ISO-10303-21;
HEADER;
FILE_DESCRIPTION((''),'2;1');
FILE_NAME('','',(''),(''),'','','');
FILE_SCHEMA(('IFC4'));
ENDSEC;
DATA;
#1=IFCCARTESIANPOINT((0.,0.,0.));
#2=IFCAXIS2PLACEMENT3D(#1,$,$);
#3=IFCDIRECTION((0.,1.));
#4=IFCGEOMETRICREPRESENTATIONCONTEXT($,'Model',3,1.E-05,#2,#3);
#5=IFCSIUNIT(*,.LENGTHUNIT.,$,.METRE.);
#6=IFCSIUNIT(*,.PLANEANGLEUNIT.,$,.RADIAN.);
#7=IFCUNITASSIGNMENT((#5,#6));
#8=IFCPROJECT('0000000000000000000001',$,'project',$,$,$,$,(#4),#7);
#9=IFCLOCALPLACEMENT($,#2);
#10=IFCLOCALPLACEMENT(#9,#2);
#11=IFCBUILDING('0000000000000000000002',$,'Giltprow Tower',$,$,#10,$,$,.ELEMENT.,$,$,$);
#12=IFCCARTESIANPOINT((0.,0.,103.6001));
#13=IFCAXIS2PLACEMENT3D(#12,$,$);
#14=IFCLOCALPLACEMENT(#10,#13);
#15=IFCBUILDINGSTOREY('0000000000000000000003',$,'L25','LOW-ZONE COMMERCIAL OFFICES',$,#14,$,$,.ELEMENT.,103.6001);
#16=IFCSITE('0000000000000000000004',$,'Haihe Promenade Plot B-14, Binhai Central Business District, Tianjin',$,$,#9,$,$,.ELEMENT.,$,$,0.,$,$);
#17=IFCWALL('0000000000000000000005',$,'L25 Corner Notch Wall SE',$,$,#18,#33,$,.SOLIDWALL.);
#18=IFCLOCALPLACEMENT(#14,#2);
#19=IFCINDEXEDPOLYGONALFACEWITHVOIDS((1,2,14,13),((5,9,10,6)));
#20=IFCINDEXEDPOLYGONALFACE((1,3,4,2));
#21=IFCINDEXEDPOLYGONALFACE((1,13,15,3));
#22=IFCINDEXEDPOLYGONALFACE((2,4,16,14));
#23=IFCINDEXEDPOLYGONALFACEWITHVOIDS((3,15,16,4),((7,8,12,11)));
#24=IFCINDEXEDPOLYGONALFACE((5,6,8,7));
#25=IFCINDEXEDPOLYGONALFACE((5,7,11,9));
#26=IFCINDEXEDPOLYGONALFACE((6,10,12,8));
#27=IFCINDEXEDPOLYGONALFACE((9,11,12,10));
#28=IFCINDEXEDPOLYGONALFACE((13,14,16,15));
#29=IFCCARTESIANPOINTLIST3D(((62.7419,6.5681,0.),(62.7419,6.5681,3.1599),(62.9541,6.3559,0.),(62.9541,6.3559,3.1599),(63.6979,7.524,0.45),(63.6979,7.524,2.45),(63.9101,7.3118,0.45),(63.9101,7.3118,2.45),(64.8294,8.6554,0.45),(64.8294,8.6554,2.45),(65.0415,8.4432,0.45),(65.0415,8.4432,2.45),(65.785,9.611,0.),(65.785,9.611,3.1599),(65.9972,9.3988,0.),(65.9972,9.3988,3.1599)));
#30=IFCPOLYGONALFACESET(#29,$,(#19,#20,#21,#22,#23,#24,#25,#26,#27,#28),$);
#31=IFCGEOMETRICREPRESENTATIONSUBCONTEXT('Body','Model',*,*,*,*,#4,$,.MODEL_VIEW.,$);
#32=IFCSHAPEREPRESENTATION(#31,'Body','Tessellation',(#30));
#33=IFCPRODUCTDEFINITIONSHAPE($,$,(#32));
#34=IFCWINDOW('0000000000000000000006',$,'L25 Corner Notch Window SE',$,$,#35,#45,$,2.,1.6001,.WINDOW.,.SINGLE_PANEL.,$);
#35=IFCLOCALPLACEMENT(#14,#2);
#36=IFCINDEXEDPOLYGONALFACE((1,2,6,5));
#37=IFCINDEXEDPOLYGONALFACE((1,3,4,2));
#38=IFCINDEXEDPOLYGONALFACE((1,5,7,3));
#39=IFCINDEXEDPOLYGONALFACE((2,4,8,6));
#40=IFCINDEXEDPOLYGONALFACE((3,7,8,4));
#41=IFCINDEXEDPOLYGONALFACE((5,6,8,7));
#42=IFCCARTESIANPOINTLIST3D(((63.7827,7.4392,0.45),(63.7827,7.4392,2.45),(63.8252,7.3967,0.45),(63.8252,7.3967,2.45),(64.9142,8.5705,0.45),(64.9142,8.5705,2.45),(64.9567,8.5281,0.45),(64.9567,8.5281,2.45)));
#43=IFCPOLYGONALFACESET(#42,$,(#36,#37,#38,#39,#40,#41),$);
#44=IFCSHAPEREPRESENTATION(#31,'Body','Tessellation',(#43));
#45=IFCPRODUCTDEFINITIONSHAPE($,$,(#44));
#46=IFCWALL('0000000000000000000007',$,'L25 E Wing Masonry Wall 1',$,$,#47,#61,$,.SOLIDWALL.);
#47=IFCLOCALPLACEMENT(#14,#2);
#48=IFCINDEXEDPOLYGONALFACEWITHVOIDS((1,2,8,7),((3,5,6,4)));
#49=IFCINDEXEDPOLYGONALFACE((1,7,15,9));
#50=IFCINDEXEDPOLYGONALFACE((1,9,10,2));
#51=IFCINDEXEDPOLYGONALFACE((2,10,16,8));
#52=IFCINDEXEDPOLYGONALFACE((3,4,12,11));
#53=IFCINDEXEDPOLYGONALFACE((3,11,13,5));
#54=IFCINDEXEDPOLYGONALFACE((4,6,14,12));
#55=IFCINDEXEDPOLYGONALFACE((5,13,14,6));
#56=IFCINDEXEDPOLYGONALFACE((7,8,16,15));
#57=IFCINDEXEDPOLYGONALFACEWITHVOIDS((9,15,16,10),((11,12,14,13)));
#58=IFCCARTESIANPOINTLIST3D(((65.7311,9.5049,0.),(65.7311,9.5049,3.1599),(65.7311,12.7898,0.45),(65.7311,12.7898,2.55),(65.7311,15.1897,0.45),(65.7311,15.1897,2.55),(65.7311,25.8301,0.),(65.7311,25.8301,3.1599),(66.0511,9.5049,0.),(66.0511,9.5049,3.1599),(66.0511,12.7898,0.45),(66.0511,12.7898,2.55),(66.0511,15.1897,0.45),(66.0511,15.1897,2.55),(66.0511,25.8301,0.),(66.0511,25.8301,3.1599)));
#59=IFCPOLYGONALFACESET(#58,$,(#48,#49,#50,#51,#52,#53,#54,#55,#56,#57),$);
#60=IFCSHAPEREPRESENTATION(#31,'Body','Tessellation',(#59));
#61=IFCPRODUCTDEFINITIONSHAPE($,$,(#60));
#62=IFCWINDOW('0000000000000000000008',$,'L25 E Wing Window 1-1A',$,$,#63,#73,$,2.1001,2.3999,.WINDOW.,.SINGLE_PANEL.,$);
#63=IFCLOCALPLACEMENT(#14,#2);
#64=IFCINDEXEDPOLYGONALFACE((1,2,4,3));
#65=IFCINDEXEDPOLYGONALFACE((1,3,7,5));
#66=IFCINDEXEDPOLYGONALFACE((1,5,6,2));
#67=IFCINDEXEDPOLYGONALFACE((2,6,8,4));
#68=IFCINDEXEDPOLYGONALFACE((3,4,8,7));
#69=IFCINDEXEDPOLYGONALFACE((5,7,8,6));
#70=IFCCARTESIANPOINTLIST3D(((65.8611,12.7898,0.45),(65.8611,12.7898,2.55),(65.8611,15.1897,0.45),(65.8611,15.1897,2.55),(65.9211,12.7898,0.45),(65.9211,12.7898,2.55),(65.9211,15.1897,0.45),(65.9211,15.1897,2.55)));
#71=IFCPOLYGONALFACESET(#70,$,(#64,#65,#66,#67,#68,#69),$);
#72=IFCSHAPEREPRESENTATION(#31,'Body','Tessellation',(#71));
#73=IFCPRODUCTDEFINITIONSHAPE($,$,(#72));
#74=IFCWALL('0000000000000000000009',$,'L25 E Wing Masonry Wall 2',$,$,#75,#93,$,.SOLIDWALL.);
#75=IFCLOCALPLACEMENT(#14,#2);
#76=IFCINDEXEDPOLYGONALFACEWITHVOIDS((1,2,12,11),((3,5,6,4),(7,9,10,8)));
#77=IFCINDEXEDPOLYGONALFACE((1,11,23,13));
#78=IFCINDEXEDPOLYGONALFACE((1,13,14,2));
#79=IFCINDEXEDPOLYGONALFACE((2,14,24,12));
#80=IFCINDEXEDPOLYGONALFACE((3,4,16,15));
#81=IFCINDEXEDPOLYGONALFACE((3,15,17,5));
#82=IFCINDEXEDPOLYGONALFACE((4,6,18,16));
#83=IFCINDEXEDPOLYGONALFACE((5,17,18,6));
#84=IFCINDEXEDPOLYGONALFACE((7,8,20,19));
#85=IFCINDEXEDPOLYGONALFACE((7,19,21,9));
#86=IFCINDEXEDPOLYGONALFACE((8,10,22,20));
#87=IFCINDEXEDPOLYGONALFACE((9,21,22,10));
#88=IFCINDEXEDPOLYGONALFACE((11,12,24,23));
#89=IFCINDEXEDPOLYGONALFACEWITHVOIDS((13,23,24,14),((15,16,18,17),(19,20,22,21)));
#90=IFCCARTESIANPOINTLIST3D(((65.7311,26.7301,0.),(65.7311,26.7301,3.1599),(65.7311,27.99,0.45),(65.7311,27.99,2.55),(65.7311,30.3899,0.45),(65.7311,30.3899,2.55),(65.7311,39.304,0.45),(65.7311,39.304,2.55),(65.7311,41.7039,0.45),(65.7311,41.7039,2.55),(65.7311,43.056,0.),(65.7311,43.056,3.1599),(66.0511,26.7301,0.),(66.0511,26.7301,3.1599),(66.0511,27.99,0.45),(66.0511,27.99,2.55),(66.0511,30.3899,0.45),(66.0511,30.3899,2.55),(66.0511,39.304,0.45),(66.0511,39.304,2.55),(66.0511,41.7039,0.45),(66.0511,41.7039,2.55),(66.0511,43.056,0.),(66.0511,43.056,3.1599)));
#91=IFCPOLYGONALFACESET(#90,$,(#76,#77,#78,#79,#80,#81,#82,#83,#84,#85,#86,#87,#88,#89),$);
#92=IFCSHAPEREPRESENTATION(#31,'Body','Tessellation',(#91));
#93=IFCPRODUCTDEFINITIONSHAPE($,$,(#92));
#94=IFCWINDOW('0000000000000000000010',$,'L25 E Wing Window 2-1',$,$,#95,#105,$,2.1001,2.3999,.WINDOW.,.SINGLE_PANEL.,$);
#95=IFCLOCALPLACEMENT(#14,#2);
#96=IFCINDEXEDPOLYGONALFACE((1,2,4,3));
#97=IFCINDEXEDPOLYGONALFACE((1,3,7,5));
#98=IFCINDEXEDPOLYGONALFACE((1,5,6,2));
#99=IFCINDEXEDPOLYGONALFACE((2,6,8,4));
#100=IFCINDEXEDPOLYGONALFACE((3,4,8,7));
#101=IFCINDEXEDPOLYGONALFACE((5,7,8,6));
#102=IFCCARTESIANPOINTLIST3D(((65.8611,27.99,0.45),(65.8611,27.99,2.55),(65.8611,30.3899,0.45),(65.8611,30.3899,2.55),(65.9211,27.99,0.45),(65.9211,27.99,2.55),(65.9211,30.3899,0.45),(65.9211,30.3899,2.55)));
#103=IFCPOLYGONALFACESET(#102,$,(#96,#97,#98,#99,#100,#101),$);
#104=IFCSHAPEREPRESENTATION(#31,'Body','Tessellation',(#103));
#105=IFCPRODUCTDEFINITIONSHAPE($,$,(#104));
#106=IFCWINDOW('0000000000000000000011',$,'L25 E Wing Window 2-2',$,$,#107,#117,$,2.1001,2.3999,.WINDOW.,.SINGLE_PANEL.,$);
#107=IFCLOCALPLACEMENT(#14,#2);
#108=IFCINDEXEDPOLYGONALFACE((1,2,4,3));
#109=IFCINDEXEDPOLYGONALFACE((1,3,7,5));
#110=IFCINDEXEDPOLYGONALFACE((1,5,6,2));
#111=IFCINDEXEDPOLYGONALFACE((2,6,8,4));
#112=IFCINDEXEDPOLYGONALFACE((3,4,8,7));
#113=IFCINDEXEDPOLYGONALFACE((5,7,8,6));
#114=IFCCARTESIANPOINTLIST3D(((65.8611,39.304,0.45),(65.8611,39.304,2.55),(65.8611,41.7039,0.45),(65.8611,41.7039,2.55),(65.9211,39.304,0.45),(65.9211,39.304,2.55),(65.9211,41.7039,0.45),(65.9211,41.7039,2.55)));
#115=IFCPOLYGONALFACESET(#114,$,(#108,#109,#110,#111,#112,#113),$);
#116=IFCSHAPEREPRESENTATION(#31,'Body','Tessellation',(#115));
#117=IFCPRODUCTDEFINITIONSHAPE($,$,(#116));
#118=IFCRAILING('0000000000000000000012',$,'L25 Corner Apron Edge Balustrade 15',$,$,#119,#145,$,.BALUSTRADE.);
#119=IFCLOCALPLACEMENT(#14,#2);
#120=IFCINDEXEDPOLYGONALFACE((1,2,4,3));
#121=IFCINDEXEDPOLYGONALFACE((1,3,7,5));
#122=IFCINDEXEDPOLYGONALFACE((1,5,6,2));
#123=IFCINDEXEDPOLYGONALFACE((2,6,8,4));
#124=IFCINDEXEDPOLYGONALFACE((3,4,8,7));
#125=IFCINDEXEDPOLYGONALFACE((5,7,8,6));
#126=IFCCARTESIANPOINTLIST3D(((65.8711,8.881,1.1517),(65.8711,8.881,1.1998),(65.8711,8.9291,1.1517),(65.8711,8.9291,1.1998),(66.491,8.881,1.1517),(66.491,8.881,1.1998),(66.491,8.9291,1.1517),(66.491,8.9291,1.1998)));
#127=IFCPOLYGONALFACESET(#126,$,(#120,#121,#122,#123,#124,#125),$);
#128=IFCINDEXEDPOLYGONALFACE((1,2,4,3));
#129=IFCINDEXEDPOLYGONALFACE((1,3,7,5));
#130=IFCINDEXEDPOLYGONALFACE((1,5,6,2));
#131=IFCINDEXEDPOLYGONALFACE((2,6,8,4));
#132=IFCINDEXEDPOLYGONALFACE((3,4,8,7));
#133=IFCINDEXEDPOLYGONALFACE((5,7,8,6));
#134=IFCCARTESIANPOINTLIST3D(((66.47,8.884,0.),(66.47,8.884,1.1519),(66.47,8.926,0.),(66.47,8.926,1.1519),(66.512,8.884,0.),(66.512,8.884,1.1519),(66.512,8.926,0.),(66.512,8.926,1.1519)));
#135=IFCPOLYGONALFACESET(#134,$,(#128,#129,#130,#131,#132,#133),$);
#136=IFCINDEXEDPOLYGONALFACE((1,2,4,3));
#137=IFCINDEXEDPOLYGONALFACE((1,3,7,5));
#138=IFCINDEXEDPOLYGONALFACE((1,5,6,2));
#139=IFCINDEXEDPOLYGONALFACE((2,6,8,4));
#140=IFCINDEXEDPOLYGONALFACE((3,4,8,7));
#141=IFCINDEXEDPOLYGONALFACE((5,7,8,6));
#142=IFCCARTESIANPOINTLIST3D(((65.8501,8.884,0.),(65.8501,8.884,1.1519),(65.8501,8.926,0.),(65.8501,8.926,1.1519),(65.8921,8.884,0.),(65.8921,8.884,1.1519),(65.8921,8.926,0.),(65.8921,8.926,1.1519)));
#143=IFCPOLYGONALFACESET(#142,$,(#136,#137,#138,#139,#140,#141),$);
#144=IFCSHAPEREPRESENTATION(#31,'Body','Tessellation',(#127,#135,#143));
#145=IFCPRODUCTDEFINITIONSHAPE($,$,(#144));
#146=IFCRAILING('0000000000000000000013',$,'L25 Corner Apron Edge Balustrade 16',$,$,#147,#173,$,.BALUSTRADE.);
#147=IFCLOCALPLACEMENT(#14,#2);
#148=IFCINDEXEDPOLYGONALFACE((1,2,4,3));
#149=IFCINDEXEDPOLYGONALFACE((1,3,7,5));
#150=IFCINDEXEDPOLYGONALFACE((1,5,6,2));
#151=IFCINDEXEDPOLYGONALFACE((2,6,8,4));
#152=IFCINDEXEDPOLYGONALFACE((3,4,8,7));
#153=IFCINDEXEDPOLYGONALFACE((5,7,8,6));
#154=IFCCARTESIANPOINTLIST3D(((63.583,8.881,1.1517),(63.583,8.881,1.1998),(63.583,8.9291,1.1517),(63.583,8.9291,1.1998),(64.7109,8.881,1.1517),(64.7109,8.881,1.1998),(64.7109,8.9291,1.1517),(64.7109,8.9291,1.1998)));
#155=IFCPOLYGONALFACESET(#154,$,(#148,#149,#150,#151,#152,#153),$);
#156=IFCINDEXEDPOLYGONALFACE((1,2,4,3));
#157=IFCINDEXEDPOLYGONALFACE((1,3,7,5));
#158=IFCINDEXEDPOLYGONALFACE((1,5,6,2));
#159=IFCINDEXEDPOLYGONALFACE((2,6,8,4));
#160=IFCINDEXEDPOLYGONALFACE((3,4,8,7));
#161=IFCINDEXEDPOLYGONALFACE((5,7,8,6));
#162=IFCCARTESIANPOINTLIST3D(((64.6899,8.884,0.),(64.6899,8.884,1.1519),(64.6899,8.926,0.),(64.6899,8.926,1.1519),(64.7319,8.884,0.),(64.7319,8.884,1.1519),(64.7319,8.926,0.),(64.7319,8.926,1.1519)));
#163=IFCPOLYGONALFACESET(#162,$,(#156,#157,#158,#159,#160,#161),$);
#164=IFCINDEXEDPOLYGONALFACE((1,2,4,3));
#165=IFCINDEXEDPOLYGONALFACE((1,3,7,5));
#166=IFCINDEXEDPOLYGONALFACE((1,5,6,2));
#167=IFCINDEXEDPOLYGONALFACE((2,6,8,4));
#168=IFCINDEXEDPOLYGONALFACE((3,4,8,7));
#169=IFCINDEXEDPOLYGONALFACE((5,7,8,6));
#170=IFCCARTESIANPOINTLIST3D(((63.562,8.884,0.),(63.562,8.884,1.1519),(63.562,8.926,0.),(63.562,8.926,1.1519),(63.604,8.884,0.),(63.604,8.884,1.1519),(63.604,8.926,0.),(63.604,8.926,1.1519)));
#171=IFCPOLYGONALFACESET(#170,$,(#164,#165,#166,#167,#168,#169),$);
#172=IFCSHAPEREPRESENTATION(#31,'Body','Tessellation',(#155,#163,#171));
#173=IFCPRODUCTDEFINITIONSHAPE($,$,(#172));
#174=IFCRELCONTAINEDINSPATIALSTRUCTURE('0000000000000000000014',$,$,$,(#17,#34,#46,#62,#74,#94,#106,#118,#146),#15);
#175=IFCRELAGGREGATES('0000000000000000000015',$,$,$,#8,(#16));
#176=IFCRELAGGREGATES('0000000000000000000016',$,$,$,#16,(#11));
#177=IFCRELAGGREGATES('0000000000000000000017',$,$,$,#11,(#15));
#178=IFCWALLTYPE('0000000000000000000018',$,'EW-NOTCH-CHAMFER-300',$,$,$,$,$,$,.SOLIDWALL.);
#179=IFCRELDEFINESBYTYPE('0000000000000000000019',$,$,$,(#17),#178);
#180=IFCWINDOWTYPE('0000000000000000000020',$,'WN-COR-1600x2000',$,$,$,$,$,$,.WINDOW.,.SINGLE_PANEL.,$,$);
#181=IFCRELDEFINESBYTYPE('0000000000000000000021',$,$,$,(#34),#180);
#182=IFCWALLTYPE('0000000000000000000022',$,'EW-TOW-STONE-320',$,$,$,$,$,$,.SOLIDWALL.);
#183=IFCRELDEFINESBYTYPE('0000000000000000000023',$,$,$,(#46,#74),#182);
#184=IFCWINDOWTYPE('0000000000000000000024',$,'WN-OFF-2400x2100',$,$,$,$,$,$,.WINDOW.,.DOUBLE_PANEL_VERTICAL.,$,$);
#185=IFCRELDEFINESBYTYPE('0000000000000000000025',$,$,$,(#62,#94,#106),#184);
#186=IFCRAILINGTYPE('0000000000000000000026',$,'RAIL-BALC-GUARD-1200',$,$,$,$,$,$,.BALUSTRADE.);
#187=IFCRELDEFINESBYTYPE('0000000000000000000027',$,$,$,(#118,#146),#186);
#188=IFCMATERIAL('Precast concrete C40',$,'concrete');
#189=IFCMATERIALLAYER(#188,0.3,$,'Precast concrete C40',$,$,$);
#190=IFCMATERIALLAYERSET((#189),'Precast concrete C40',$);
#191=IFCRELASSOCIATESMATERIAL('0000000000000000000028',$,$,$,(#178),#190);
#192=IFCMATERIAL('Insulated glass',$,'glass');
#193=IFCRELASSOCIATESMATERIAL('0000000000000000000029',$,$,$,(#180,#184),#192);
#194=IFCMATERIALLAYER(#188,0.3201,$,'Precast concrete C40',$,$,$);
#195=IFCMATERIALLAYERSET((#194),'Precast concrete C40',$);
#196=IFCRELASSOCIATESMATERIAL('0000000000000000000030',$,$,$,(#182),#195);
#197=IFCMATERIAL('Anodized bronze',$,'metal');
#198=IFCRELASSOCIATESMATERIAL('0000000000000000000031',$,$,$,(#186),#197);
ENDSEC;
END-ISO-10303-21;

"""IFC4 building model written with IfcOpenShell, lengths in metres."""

from ifc_helpers import new_model, si_unit, direction, frame, frame_2d, origin, origin_2d, place, context, subcontext, project, spatial, rectangle, extrude, source, transform, mapped, material, layer, layer_set, type_object, element, fill, save


model = new_model("IFC4")

# Units and contexts
model_context = context("Model", 3, precision=1e-05, world=origin(), true_north=direction((0.0, 1.0)))
body_context = subcontext(model_context, "Body", "Model", "MODEL_VIEW")
ifc_project = project(units=[si_unit("LENGTHUNIT", "METRE"), si_unit("PLANEANGLEUNIT", "RADIAN")], contexts=[model_context])

# Site, building, storey
site_placement = place(None, origin())
site = spatial("IfcSite", under=ifc_project, at=site_placement, Name="Haihe Promenade Plot B-14, Binhai Central Business District, Tianjin", CompositionType="ELEMENT", RefElevation=0.0)
building_placement = place(site_placement, origin())
building = spatial("IfcBuilding", under=site, at=building_placement, Name="Giltprow Tower", CompositionType="ELEMENT")
storey_placement = place(building_placement, frame((0.0, 0.0, 103.6001)))
storey = spatial("IfcBuildingStorey", under=building, at=storey_placement, Name="L25", Description="LOW-ZONE COMMERCIAL OFFICES", CompositionType="ELEMENT", Elevation=103.6001)

# Shared definitions
ifc_material_1 = material(Name="Anodized bronze", Category="metal")
ifc_material_2 = material(Name="Insulated glass", Category="glass")

# Walls, openings, windows
ifc_material_3 = material(Name="Precast concrete C40", Category="concrete")
ifc_layer_1 = layer(ifc_material_3, 0.3, Name="Precast concrete C40")
ifc_layer_set_1 = layer_set([ifc_layer_1], Name="Precast concrete C40")
wall_type_1 = type_object("IfcWallType", Name="EW-NOTCH-CHAMFER-300", PredefinedType="SOLIDWALL", material=ifc_layer_set_1)
wall_1_placement = place(storey_placement, frame((62.8479, 6.4619, 0.0), z_axis=(0.0, 0.0, 1.0), x_axis=(0.707135, 0.707078, 0.0)))
wall_1 = element("IfcWall", 1, at=wall_1_placement, inside=storey, type_object=wall_type_1, Name="L25 Corner Notch Wall SE", PredefinedType="SOLIDWALL", context=body_context, shape_type="SweptSolid", body=[
    extrude(rectangle(XDim=4.3035, YDim=0.3, at=frame_2d((2.1519, 0.0))), origin(), (0.0, 0.0, 1.0), 3.1599),
])
opening_1_placement = place(wall_1_placement, frame((1.3521, 0.0, 0.45)))
opening_1 = element("IfcOpeningElement", 2, at=opening_1_placement, cuts=wall_1, PredefinedType="OPENING", context=body_context, shape_type="SweptSolid", body=[
    extrude(rectangle(XDim=1.6001, YDim=2.0, at=frame_2d((0.8, 1.0))), frame((0.0, 0.1599, 0.0), z_axis=(0.0, -1.0, 0.0), x_axis=(1.0, 0.0, 0.0)), (0.0, 0.0, 1.0), 0.3201),
])
window_type_1 = type_object("IfcWindowType", Name="WN-COR-1600x2000", PartitioningType="SINGLE_PANEL", PredefinedType="WINDOW", material=ifc_material_2)
shared_shape_1 = source(origin(), body_context, "Body", "SweptSolid", [
    extrude(rectangle(XDim=1.6001, YDim=2.0, at=frame_2d((0.8, 1.0))), frame((0.0, 0.03, 0.0), z_axis=(0.0, -1.0, 0.0), x_axis=(1.0, 0.0, 0.0)), (0.0, 0.0, 1.0), 0.0601),
])
window_1_placement = place(opening_1_placement, origin())
window_1 = element("IfcWindow", 3, at=window_1_placement, inside=storey, type_object=window_type_1, Name="L25 Corner Notch Window SE", OverallHeight=2.0, OverallWidth=1.6001, PartitioningType="SINGLE_PANEL", PredefinedType="WINDOW", context=body_context, shape_type="MappedRepresentation", body=[
    mapped(shared_shape_1, transform((0.0, 0.0, 0.0), x_axis=(1.0, 0.0, 0.0), y_axis=(0.0, 1.0, 0.0), z_axis=(0.0, 0.0, 1.0), scale=1.0)),
])
fill(opening_1, window_1)
ifc_layer_2 = layer(ifc_material_3, 0.3201, Name="Precast concrete C40")
ifc_layer_set_2 = layer_set([ifc_layer_2], Name="Precast concrete C40")
wall_type_2 = type_object("IfcWallType", Name="EW-TOW-STONE-320", PredefinedType="SOLIDWALL", material=ifc_layer_set_2)
wall_2_placement = place(storey_placement, frame((65.8911, 9.5049, 0.0), z_axis=(0.0, 0.0, 1.0), x_axis=(0.0, 1.0, 0.0)))
wall_2 = element("IfcWall", 4, at=wall_2_placement, inside=storey, type_object=wall_type_2, Name="L25 E Wing Masonry Wall 1", PredefinedType="SOLIDWALL", context=body_context, shape_type="SweptSolid", body=[
    extrude(rectangle(XDim=16.3252, YDim=0.3201, at=frame_2d((8.1626, 0.0))), origin(), (0.0, 0.0, 1.0), 3.1599),
])
opening_2_placement = place(wall_2_placement, frame((3.2849, 0.0, 0.45)))
opening_2 = element("IfcOpeningElement", 5, at=opening_2_placement, cuts=wall_2, PredefinedType="OPENING", context=body_context, shape_type="SweptSolid", body=[
    extrude(rectangle(XDim=2.3999, YDim=2.1001, at=frame_2d((1.2, 1.05))), frame((0.0, 0.1699, 0.0), z_axis=(0.0, -1.0, 0.0), x_axis=(1.0, 0.0, 0.0)), (0.0, 0.0, 1.0), 0.3401),
])
window_type_2 = type_object("IfcWindowType", Name="WN-OFF-2400x2100", PartitioningType="DOUBLE_PANEL_VERTICAL", PredefinedType="WINDOW", material=ifc_material_2)
shared_shape_2 = source(origin(), body_context, "Body", "SweptSolid", [
    extrude(rectangle(XDim=2.3999, YDim=2.1001, at=frame_2d((1.2, 1.05))), frame((0.0, 0.03, 0.0), z_axis=(0.0, -1.0, 0.0), x_axis=(1.0, 0.0, 0.0)), (0.0, 0.0, 1.0), 0.0601),
])
window_2_placement = place(opening_2_placement, origin())
window_2 = element("IfcWindow", 6, at=window_2_placement, inside=storey, type_object=window_type_2, Name="L25 E Wing Window 1-1A", OverallHeight=2.1001, OverallWidth=2.3999, PartitioningType="SINGLE_PANEL", PredefinedType="WINDOW", context=body_context, shape_type="MappedRepresentation", body=[
    mapped(shared_shape_2, transform((0.0, 0.0, 0.0), x_axis=(1.0, 0.0, 0.0), y_axis=(0.0, 1.0, 0.0), z_axis=(0.0, 0.0, 1.0), scale=1.0)),
])
fill(opening_2, window_2)

# Wall, openings, windows
wall_3_placement = place(storey_placement, frame((65.8911, 26.73, 0.0), z_axis=(0.0, 0.0, 1.0), x_axis=(0.0, 1.0, 0.0)))
wall_3 = element("IfcWall", 7, at=wall_3_placement, inside=storey, type_object=wall_type_2, Name="L25 E Wing Masonry Wall 2", PredefinedType="SOLIDWALL", context=body_context, shape_type="SweptSolid", body=[
    extrude(rectangle(XDim=16.3259, YDim=0.3201, at=frame_2d((8.1631, 0.0))), origin(), (0.0, 0.0, 1.0), 3.1599),
])
opening_3_placement = place(wall_3_placement, frame((1.26, 0.0, 0.45)))
opening_3 = element("IfcOpeningElement", 8, at=opening_3_placement, cuts=wall_3, PredefinedType="OPENING", context=body_context, shape_type="SweptSolid", body=[
    extrude(rectangle(XDim=2.3999, YDim=2.1001, at=frame_2d((1.2, 1.05))), frame((0.0, 0.1699, 0.0), z_axis=(0.0, -1.0, 0.0), x_axis=(1.0, 0.0, 0.0)), (0.0, 0.0, 1.0), 0.3401),
])
opening_4_placement = place(wall_3_placement, frame((12.574, 0.0, 0.45)))
opening_4 = element("IfcOpeningElement", 9, at=opening_4_placement, cuts=wall_3, PredefinedType="OPENING", context=body_context, shape_type="SweptSolid", body=[
    extrude(rectangle(XDim=2.3999, YDim=2.1001, at=frame_2d((1.2, 1.05))), frame((0.0, 0.1699, 0.0), z_axis=(0.0, -1.0, 0.0), x_axis=(1.0, 0.0, 0.0)), (0.0, 0.0, 1.0), 0.3401),
])
window_3_placement = place(opening_3_placement, origin())
window_3 = element("IfcWindow", 10, at=window_3_placement, inside=storey, type_object=window_type_2, Name="L25 E Wing Window 2-1", OverallHeight=2.1001, OverallWidth=2.3999, PartitioningType="SINGLE_PANEL", PredefinedType="WINDOW", context=body_context, shape_type="MappedRepresentation", body=[
    mapped(shared_shape_2, transform((0.0, 0.0, 0.0), x_axis=(1.0, 0.0, 0.0), y_axis=(0.0, 1.0, 0.0), z_axis=(0.0, 0.0, 1.0), scale=1.0)),
])
fill(opening_3, window_3)
window_4_placement = place(opening_4_placement, origin())
window_4 = element("IfcWindow", 11, at=window_4_placement, inside=storey, type_object=window_type_2, Name="L25 E Wing Window 2-2", OverallHeight=2.1001, OverallWidth=2.3999, PartitioningType="SINGLE_PANEL", PredefinedType="WINDOW", context=body_context, shape_type="MappedRepresentation", body=[
    mapped(shared_shape_2, transform((0.0, 0.0, 0.0), x_axis=(1.0, 0.0, 0.0), y_axis=(0.0, 1.0, 0.0), z_axis=(0.0, 0.0, 1.0), scale=1.0)),
])
fill(opening_4, window_4)

# Railings
railing_type = type_object("IfcRailingType", Name="RAIL-BALC-GUARD-1200", PredefinedType="BALUSTRADE", material=ifc_material_1)
railing_1_placement = place(storey_placement, frame((66.491, 8.905, 0.0)))
element("IfcRailing", 12, at=railing_1_placement, inside=storey, type_object=railing_type, Name="L25 Corner Apron Edge Balustrade 15", PredefinedType="BALUSTRADE", context=body_context, shape_type="SweptSolid", body=[
    extrude(rectangle(XDim=0.0481, YDim=0.0481, at=origin_2d()), frame((0.0, 0.0, 1.1758), z_axis=(-1.0, 0.0, 0.0), x_axis=(0.0, -1.0, 0.0)), (0.0, 0.0, 1.0), 0.6199),
    extrude(rectangle(XDim=0.042, YDim=0.042, at=origin_2d()), origin(), (0.0, 0.0, 1.0), 1.1519),
    extrude(rectangle(XDim=0.042, YDim=0.042, at=origin_2d()), frame((-0.6199, 0.0, 0.0)), (0.0, 0.0, 1.0), 1.1519),
])
railing_2_placement = place(storey_placement, frame((64.7109, 8.905, 0.0)))
element("IfcRailing", 13, at=railing_2_placement, inside=storey, type_object=railing_type, Name="L25 Corner Apron Edge Balustrade 16", PredefinedType="BALUSTRADE", context=body_context, shape_type="SweptSolid", body=[
    extrude(rectangle(XDim=0.0481, YDim=0.0481, at=origin_2d()), frame((0.0, 0.0, 1.1758), z_axis=(-1.0, 0.0, 0.0), x_axis=(0.0, -1.0, 0.0)), (0.0, 0.0, 1.0), 1.1279),
    extrude(rectangle(XDim=0.042, YDim=0.042, at=origin_2d()), origin(), (0.0, 0.0, 1.0), 1.1519),
    extrude(rectangle(XDim=0.042, YDim=0.042, at=origin_2d()), frame((-1.1279, 0.0, 0.0)), (0.0, 0.0, 1.0), 1.1519),
])

save(model, "model.ifc")
